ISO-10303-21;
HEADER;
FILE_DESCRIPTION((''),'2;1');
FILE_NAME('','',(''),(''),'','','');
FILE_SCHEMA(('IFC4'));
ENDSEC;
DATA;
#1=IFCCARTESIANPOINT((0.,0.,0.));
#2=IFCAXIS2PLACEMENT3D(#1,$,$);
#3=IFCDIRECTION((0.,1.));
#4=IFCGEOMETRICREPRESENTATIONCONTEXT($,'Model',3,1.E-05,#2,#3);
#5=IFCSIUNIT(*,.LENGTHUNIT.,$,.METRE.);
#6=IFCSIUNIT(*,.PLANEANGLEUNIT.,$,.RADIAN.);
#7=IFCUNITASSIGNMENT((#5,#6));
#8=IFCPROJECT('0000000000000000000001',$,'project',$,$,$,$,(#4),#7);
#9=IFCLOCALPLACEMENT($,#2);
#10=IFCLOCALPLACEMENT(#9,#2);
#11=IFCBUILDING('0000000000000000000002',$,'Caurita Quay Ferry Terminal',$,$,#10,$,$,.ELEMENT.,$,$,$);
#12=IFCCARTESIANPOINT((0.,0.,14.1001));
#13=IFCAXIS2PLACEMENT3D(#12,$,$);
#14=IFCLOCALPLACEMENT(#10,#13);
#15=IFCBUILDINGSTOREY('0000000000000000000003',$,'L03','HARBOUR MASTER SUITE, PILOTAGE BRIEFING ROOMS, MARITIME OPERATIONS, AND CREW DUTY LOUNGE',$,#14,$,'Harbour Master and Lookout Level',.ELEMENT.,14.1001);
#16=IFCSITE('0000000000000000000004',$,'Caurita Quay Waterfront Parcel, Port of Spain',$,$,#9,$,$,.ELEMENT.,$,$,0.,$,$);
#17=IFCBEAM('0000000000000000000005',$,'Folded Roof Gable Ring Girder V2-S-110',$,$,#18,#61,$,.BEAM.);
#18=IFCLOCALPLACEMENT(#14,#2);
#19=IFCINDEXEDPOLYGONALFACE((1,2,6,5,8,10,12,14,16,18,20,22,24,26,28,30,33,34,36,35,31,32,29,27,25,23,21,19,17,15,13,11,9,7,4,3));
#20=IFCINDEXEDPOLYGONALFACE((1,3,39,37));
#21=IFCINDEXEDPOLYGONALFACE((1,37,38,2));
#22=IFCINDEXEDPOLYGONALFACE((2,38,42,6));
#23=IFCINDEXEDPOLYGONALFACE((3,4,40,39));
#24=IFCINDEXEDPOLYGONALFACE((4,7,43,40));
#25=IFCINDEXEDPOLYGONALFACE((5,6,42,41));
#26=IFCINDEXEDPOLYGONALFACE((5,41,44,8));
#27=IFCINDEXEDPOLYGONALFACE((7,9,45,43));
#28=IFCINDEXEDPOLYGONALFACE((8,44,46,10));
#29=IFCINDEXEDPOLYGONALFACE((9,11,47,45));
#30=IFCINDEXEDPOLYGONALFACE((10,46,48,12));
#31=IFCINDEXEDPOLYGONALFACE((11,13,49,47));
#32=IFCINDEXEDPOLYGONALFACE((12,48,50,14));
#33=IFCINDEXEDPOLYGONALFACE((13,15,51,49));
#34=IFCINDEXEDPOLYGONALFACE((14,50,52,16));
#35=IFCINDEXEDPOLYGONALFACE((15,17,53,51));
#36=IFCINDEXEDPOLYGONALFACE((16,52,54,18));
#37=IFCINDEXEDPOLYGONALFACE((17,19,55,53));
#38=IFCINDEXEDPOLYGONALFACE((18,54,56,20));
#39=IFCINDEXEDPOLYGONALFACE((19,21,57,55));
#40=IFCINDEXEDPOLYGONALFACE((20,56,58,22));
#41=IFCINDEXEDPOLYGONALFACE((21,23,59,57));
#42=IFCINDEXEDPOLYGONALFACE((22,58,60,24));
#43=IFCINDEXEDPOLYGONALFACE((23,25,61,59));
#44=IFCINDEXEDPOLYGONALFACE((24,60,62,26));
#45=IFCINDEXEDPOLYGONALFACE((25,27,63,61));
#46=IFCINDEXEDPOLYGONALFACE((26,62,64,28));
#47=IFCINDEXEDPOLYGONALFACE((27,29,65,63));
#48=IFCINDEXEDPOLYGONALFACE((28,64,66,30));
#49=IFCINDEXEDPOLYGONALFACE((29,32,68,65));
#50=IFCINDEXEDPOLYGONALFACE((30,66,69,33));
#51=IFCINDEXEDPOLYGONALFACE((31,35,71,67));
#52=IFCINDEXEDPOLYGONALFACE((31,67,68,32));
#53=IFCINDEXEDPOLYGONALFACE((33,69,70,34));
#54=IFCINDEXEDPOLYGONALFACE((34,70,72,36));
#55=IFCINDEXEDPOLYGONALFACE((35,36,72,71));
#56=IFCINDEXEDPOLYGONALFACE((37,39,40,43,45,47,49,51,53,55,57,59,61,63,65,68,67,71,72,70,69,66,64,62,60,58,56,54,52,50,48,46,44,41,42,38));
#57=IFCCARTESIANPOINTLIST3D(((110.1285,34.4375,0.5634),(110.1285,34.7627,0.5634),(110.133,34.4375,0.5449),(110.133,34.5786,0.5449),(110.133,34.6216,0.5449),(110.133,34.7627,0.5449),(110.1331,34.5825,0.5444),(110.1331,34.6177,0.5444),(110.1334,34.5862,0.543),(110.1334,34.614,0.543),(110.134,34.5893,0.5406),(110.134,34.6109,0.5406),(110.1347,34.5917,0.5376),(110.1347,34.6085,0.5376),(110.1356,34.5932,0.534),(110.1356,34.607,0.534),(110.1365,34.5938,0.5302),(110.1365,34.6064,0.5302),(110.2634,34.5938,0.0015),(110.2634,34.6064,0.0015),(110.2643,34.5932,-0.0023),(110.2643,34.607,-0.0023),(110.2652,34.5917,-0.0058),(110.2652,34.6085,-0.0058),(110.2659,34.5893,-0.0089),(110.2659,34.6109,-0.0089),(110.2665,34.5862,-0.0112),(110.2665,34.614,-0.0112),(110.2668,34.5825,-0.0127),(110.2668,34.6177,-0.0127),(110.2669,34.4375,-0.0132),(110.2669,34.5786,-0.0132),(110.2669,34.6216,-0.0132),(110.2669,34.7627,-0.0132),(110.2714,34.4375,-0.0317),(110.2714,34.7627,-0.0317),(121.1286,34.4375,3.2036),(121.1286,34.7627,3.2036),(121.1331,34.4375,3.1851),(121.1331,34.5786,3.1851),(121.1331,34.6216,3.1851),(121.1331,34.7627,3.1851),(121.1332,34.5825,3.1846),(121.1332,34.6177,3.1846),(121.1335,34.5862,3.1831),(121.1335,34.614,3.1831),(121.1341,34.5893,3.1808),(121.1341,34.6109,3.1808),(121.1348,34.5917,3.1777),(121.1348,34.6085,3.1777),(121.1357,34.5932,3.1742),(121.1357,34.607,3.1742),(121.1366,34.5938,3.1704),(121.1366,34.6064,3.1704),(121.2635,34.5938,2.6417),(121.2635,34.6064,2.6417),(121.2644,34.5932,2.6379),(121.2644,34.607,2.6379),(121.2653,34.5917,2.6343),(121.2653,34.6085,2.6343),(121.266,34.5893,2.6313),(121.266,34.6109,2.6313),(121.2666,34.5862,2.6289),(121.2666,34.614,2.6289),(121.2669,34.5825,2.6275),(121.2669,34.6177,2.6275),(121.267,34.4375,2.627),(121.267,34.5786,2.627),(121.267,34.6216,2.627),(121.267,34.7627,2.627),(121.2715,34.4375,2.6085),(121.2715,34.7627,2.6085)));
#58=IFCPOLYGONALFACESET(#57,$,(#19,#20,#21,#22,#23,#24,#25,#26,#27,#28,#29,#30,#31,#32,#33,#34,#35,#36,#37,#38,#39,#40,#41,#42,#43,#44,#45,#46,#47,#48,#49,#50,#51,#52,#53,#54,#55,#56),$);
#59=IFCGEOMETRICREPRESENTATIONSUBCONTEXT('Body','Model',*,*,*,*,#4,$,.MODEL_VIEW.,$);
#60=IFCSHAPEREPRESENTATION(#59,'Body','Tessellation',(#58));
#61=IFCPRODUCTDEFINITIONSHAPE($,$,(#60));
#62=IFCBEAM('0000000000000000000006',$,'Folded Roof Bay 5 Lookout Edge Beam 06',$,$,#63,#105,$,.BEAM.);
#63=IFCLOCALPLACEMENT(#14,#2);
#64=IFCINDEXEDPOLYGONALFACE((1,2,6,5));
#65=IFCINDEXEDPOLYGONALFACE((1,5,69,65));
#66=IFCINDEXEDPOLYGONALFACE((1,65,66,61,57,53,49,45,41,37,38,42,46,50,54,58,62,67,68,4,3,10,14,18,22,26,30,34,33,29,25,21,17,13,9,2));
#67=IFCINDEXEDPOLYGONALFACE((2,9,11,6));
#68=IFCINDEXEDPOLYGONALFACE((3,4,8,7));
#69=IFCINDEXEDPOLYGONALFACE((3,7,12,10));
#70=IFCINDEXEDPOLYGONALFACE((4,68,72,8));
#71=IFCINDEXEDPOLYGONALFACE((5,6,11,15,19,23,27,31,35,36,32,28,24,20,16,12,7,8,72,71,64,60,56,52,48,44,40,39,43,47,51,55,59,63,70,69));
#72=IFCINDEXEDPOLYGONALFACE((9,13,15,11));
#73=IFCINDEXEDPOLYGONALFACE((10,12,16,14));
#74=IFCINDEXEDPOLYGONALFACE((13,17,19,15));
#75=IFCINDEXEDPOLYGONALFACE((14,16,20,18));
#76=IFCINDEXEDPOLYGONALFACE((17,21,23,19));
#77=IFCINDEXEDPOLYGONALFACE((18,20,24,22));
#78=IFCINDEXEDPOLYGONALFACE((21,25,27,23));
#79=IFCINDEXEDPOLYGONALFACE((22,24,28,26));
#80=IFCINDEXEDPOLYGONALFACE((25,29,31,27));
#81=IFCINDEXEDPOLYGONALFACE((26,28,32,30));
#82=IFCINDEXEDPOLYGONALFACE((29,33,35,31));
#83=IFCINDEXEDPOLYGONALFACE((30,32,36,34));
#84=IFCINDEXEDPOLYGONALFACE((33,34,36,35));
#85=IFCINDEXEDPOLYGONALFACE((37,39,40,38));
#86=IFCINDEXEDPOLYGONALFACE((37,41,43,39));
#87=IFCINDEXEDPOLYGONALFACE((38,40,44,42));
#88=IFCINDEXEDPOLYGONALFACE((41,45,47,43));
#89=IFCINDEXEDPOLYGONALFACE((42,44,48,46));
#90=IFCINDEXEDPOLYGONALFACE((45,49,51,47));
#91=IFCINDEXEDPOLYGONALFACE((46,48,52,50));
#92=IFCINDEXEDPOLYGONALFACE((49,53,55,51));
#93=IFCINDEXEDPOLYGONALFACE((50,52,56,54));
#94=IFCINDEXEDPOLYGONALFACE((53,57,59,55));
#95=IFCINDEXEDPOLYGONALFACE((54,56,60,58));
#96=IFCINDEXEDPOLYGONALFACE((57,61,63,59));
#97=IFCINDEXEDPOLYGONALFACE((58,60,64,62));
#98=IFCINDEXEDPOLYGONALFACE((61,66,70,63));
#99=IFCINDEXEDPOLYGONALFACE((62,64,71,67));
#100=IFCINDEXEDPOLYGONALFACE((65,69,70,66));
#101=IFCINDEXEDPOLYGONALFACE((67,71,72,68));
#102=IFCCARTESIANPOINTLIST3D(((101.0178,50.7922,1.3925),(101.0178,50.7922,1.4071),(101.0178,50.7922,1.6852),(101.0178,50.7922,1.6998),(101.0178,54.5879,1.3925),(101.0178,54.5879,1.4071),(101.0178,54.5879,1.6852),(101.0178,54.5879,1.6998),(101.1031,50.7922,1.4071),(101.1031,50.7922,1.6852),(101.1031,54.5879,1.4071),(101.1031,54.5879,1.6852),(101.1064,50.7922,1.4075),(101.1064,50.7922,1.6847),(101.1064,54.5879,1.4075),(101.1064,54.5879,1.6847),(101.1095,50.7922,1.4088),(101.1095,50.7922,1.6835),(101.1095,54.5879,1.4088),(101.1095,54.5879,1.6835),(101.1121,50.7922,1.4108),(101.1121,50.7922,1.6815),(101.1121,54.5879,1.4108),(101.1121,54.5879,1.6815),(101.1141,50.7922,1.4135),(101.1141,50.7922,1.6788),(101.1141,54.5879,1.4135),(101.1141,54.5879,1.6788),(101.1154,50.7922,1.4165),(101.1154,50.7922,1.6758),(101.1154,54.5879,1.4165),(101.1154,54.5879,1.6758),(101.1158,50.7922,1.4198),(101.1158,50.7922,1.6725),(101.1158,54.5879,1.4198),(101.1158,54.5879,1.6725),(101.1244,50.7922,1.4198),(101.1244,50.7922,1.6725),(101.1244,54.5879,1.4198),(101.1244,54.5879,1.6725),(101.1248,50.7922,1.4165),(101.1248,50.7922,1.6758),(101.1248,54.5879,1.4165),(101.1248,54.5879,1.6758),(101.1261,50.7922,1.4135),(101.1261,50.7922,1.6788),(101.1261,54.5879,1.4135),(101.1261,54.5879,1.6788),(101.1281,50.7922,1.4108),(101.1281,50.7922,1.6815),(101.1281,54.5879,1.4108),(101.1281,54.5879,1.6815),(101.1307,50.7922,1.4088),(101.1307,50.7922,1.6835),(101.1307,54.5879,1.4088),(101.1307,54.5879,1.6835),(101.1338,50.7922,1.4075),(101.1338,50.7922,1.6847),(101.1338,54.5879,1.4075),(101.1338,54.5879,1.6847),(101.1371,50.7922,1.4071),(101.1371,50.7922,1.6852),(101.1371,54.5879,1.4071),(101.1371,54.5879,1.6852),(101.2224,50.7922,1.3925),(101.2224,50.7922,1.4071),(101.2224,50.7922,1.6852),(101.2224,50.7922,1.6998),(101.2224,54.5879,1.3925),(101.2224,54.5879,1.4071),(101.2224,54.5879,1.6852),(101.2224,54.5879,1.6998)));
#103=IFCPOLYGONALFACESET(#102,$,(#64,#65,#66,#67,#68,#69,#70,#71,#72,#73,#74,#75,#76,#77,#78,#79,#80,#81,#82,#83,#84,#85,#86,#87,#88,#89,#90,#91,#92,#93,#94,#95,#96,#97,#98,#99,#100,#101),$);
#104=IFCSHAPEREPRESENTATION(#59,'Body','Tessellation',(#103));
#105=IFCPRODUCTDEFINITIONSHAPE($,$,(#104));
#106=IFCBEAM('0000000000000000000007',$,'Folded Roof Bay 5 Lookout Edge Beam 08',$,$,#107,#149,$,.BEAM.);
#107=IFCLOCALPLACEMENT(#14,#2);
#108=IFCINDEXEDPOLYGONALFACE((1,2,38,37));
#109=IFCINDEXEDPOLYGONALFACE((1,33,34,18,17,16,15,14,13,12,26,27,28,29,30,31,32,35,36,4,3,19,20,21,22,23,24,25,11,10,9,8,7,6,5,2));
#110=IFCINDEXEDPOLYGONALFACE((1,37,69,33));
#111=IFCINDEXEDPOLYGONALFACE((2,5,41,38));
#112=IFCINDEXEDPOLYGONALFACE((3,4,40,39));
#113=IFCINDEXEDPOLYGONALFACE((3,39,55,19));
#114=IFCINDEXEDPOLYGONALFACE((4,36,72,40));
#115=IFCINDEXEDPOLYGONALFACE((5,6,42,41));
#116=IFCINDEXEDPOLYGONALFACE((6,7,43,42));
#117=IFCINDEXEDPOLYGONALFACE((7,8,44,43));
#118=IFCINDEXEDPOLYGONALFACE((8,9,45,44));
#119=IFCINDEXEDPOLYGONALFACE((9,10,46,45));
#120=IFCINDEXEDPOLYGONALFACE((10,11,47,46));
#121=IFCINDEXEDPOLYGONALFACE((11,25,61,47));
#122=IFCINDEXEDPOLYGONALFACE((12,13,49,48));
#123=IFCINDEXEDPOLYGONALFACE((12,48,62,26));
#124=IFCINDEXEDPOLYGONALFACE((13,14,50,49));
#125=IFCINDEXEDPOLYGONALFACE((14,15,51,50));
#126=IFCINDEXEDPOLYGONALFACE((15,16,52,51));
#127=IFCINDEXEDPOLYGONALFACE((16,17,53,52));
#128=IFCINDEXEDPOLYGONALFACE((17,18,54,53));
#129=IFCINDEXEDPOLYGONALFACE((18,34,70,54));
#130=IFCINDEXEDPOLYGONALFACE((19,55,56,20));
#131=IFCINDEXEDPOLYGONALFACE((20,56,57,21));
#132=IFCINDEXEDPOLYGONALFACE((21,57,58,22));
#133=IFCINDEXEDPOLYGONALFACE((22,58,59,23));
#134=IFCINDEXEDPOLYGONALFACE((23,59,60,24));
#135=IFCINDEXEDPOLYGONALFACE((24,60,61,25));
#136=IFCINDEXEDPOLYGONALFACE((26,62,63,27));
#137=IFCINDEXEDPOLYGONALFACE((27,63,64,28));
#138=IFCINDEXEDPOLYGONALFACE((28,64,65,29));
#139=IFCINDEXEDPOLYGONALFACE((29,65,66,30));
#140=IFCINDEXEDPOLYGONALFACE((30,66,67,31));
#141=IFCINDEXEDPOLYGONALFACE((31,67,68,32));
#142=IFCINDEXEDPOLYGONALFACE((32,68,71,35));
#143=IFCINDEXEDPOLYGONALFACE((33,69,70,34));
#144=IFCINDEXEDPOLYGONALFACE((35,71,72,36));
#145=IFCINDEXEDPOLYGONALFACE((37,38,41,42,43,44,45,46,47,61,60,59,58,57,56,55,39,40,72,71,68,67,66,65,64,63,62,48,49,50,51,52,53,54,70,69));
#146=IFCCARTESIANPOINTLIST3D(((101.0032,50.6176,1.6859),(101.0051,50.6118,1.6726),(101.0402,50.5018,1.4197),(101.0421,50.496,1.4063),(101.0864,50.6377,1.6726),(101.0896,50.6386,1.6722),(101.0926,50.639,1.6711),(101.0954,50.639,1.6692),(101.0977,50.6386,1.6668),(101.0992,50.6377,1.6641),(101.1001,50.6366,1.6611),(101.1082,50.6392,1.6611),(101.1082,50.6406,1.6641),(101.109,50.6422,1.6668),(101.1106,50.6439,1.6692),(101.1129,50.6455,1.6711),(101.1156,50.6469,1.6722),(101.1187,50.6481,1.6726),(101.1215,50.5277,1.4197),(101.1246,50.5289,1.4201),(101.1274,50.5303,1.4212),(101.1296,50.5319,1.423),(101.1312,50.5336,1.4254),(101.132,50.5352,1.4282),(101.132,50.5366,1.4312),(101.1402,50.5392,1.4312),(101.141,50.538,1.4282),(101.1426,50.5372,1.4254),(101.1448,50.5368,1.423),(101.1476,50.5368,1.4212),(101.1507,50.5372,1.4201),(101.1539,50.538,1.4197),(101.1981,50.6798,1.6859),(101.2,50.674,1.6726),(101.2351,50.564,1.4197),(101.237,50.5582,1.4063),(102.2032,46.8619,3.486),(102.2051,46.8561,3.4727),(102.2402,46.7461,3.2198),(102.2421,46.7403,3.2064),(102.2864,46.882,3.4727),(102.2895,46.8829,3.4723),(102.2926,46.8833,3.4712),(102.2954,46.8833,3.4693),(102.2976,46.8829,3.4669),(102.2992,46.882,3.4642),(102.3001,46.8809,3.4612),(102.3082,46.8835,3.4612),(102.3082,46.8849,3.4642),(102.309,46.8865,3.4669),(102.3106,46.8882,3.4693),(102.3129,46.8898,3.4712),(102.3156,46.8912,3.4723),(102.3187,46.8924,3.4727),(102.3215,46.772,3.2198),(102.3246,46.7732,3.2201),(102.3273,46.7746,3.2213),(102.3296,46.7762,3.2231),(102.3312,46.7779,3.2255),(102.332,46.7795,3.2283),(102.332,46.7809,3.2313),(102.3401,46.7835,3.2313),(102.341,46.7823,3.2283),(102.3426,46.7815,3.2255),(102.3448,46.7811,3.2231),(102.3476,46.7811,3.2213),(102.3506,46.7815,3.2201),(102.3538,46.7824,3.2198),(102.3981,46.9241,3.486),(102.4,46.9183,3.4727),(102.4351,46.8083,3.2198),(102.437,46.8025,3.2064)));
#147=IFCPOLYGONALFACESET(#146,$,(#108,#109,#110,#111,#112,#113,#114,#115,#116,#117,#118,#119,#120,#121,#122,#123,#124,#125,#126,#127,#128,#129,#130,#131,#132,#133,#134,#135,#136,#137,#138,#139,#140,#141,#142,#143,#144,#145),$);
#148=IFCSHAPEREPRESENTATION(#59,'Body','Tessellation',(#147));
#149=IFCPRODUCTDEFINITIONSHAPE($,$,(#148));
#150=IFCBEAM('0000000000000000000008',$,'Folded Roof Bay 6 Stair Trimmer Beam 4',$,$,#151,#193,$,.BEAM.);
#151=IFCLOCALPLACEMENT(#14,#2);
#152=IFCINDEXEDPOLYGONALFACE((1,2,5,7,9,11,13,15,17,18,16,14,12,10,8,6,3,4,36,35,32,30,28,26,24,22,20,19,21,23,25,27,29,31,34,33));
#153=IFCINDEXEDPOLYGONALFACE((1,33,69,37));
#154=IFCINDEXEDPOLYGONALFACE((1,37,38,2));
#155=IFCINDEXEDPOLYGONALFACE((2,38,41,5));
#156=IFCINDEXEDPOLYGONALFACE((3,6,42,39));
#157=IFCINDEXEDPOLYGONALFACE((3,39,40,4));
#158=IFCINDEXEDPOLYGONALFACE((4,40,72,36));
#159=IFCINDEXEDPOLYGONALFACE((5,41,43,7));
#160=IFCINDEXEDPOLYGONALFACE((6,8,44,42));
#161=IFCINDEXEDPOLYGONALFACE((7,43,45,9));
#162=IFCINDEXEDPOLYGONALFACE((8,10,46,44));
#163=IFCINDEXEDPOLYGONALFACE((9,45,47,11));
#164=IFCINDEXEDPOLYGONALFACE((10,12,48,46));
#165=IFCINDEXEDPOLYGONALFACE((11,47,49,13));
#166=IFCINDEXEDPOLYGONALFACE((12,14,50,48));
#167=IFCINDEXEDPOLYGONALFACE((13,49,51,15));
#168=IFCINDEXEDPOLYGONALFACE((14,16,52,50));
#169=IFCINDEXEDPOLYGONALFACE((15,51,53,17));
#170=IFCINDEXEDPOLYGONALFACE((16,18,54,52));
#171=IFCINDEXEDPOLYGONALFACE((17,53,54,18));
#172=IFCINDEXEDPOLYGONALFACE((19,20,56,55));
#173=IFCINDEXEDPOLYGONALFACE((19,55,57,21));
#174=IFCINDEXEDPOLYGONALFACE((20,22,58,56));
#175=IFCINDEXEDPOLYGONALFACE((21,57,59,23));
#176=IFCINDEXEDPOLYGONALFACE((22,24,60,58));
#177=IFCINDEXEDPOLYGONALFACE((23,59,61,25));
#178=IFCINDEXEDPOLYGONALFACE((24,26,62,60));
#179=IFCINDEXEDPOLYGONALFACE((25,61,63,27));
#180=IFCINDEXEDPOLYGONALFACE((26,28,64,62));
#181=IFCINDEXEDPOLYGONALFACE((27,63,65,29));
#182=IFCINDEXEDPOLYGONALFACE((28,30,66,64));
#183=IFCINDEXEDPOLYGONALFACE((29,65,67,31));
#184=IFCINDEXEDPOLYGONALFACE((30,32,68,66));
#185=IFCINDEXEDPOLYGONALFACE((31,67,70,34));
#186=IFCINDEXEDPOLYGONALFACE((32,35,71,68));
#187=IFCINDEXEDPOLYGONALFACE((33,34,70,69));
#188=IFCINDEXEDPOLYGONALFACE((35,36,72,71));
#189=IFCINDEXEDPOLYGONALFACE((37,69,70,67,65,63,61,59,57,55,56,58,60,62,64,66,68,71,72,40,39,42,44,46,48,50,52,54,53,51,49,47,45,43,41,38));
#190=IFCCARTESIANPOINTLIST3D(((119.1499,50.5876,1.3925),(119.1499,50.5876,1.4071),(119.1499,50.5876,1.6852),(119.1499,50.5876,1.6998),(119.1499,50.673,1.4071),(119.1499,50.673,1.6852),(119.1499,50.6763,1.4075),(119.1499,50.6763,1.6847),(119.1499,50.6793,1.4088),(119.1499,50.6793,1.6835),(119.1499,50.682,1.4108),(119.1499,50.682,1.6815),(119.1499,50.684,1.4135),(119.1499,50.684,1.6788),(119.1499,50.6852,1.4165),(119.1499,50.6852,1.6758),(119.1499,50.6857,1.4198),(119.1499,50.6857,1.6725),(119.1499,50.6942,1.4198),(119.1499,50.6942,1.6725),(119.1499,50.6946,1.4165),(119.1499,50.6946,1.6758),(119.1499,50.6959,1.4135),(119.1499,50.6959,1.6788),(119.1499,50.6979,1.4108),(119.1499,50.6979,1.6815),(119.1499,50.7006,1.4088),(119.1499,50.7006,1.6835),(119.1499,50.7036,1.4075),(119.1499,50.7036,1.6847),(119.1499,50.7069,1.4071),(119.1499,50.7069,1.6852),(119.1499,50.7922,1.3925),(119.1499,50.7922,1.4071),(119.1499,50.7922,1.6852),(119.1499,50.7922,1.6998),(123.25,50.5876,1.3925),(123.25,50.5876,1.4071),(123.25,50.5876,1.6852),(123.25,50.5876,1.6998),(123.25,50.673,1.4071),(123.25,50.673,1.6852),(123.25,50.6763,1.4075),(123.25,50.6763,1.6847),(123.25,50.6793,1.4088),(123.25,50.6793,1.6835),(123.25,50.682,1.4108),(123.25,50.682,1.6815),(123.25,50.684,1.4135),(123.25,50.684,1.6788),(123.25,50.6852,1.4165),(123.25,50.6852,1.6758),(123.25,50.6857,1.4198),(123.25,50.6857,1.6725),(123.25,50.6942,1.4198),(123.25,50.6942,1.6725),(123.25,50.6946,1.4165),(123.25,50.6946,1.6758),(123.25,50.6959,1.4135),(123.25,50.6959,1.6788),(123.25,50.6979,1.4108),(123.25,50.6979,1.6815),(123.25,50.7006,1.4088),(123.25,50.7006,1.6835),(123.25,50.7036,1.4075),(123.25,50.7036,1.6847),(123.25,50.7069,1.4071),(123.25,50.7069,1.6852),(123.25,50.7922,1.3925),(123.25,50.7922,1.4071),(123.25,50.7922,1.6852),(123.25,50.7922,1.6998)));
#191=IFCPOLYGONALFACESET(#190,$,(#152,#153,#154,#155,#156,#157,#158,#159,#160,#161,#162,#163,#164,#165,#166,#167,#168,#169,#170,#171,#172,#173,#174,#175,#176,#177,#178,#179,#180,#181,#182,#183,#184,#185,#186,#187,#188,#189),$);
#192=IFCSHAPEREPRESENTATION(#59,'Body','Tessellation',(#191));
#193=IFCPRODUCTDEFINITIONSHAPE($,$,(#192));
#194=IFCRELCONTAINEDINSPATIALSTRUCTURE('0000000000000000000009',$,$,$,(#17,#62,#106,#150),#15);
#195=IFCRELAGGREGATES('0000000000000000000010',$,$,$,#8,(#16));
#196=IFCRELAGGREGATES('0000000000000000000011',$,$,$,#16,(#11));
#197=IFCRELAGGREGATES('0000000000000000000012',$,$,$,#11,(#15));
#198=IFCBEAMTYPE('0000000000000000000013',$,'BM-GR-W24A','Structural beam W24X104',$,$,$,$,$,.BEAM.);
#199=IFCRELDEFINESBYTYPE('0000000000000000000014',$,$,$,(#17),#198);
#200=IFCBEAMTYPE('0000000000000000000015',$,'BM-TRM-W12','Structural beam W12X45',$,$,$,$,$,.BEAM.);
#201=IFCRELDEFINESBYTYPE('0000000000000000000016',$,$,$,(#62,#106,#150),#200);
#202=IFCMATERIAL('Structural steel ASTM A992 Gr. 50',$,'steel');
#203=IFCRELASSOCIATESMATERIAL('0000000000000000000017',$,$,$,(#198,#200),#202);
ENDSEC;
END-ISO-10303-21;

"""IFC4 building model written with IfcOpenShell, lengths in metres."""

from ifc_helpers import new_model, si_unit, direction, frame, origin, origin_2d, place, context, subcontext, project, spatial, i_section, extrude, material, material_profile, profile_set, type_object, element, save


model = new_model("IFC4")

# Units and contexts
model_context = context("Model", 3, precision=1e-05, world=origin(), true_north=direction((0.0, 1.0)))
body_context = subcontext(model_context, "Body", "Model", "MODEL_VIEW")
ifc_project = project(units=[si_unit("LENGTHUNIT", "METRE"), si_unit("PLANEANGLEUNIT", "RADIAN")], contexts=[model_context])

# Site, building, storey
site_placement = place(None, origin())
site = spatial("IfcSite", under=ifc_project, at=site_placement, Name="Caurita Quay Waterfront Parcel, Port of Spain", CompositionType="ELEMENT", RefElevation=0.0)
building_placement = place(site_placement, origin())
building = spatial("IfcBuilding", under=site, at=building_placement, Name="Caurita Quay Ferry Terminal", CompositionType="ELEMENT")
storey_placement = place(building_placement, frame((0.0, 0.0, 14.1001)))
storey = spatial("IfcBuildingStorey", under=building, at=storey_placement, Name="L03", Description="HARBOUR MASTER SUITE, PILOTAGE BRIEFING ROOMS, MARITIME OPERATIONS, AND CREW DUTY LOUNGE", LongName="Harbour Master and Lookout Level", CompositionType="ELEMENT", Elevation=14.1001)

# Beams
ifc_material_1 = material(Name="Structural steel ASTM A992 Gr. 50", Category="steel")
ifc_material_profile_1 = material_profile(ifc_material_1, i_section(OverallWidth=0.3252, OverallDepth=0.6121, WebThickness=0.0127, FlangeThickness=0.019, FilletRadius=0.0151, at=origin_2d()), Name="W24X104")
ifc_profile_set_1 = profile_set([ifc_material_profile_1], Name="Structural steel ASTM A992 Gr. 50")
beam_type_1 = type_object("IfcBeamType", Name="BM-GR-W24A", Description="Structural beam W24X104", PredefinedType="BEAM", material=ifc_profile_set_1)
beam_1_placement = place(storey_placement, frame((110.2, 34.6001, 0.2659), z_axis=(0.972385, 0.0, 0.233384), x_axis=(0.0, 1.0, 0.0)))
element("IfcBeam", 1, at=beam_1_placement, inside=storey, type_object=beam_type_1, Name="Folded Roof Gable Ring Girder V2-S-110", PredefinedType="BEAM", context=body_context, shape_type="SweptSolid", body=[
    extrude(i_section(OverallWidth=0.3252, OverallDepth=0.6121, WebThickness=0.0127, FlangeThickness=0.019, FilletRadius=0.0151, at=origin_2d()), origin(), (0.0, 0.0, 1.0), 11.3125),
])
ifc_material_profile_2 = material_profile(ifc_material_1, i_section(OverallWidth=0.2046, OverallDepth=0.3074, WebThickness=0.0085, FlangeThickness=0.0146, FilletRadius=0.0127, at=origin_2d()), Name="W12X45")
ifc_profile_set_2 = profile_set([ifc_material_profile_2], Name="Structural steel ASTM A992 Gr. 50")
beam_type_2 = type_object("IfcBeamType", Name="BM-TRM-W12", Description="Structural beam W12X45", PredefinedType="BEAM", material=ifc_profile_set_2)
beam_2_placement = place(storey_placement, frame((101.1201, 54.5879, 1.5461), z_axis=(0.0, -1.0, 0.0), x_axis=(1.0, 0.0, 0.0)))
element("IfcBeam", 2, at=beam_2_placement, inside=storey, type_object=beam_type_2, Name="Folded Roof Bay 5 Lookout Edge Beam 06", PredefinedType="BEAM", context=body_context, shape_type="SweptSolid", body=[
    extrude(i_section(OverallWidth=0.2046, OverallDepth=0.3074, WebThickness=0.0085, FlangeThickness=0.0146, FilletRadius=0.0127, at=origin_2d()), origin(), (0.0, 0.0, 1.0), 3.7957),
])
beam_3_placement = place(storey_placement, frame((101.1201, 50.5879, 1.5461), z_axis=(0.276861, -0.866521, 0.415319), x_axis=(0.95256, 0.304351, 0.0)))
element("IfcBeam", 3, at=beam_3_placement, inside=storey, type_object=beam_type_2, Name="Folded Roof Bay 5 Lookout Edge Beam 08", PredefinedType="BEAM", context=body_context, shape_type="SweptSolid", body=[
    extrude(i_section(OverallWidth=0.2046, OverallDepth=0.3074, WebThickness=0.0085, FlangeThickness=0.0146, FilletRadius=0.0127, at=origin_2d()), origin(), (0.0, 0.0, 1.0), 4.3342),
])
beam_4_placement = place(storey_placement, frame((119.1499, 50.6899, 1.5461), z_axis=(1.0, 0.0, 0.0), x_axis=(0.0, 1.0, 0.0)))
element("IfcBeam", 4, at=beam_4_placement, inside=storey, type_object=beam_type_2, Name="Folded Roof Bay 6 Stair Trimmer Beam 4", PredefinedType="BEAM", context=body_context, shape_type="SweptSolid", body=[
    extrude(i_section(OverallWidth=0.2046, OverallDepth=0.3074, WebThickness=0.0085, FlangeThickness=0.0146, FilletRadius=0.0127, at=origin_2d()), origin(), (0.0, 0.0, 1.0), 4.1001),
])

save(model, "model.ifc")
